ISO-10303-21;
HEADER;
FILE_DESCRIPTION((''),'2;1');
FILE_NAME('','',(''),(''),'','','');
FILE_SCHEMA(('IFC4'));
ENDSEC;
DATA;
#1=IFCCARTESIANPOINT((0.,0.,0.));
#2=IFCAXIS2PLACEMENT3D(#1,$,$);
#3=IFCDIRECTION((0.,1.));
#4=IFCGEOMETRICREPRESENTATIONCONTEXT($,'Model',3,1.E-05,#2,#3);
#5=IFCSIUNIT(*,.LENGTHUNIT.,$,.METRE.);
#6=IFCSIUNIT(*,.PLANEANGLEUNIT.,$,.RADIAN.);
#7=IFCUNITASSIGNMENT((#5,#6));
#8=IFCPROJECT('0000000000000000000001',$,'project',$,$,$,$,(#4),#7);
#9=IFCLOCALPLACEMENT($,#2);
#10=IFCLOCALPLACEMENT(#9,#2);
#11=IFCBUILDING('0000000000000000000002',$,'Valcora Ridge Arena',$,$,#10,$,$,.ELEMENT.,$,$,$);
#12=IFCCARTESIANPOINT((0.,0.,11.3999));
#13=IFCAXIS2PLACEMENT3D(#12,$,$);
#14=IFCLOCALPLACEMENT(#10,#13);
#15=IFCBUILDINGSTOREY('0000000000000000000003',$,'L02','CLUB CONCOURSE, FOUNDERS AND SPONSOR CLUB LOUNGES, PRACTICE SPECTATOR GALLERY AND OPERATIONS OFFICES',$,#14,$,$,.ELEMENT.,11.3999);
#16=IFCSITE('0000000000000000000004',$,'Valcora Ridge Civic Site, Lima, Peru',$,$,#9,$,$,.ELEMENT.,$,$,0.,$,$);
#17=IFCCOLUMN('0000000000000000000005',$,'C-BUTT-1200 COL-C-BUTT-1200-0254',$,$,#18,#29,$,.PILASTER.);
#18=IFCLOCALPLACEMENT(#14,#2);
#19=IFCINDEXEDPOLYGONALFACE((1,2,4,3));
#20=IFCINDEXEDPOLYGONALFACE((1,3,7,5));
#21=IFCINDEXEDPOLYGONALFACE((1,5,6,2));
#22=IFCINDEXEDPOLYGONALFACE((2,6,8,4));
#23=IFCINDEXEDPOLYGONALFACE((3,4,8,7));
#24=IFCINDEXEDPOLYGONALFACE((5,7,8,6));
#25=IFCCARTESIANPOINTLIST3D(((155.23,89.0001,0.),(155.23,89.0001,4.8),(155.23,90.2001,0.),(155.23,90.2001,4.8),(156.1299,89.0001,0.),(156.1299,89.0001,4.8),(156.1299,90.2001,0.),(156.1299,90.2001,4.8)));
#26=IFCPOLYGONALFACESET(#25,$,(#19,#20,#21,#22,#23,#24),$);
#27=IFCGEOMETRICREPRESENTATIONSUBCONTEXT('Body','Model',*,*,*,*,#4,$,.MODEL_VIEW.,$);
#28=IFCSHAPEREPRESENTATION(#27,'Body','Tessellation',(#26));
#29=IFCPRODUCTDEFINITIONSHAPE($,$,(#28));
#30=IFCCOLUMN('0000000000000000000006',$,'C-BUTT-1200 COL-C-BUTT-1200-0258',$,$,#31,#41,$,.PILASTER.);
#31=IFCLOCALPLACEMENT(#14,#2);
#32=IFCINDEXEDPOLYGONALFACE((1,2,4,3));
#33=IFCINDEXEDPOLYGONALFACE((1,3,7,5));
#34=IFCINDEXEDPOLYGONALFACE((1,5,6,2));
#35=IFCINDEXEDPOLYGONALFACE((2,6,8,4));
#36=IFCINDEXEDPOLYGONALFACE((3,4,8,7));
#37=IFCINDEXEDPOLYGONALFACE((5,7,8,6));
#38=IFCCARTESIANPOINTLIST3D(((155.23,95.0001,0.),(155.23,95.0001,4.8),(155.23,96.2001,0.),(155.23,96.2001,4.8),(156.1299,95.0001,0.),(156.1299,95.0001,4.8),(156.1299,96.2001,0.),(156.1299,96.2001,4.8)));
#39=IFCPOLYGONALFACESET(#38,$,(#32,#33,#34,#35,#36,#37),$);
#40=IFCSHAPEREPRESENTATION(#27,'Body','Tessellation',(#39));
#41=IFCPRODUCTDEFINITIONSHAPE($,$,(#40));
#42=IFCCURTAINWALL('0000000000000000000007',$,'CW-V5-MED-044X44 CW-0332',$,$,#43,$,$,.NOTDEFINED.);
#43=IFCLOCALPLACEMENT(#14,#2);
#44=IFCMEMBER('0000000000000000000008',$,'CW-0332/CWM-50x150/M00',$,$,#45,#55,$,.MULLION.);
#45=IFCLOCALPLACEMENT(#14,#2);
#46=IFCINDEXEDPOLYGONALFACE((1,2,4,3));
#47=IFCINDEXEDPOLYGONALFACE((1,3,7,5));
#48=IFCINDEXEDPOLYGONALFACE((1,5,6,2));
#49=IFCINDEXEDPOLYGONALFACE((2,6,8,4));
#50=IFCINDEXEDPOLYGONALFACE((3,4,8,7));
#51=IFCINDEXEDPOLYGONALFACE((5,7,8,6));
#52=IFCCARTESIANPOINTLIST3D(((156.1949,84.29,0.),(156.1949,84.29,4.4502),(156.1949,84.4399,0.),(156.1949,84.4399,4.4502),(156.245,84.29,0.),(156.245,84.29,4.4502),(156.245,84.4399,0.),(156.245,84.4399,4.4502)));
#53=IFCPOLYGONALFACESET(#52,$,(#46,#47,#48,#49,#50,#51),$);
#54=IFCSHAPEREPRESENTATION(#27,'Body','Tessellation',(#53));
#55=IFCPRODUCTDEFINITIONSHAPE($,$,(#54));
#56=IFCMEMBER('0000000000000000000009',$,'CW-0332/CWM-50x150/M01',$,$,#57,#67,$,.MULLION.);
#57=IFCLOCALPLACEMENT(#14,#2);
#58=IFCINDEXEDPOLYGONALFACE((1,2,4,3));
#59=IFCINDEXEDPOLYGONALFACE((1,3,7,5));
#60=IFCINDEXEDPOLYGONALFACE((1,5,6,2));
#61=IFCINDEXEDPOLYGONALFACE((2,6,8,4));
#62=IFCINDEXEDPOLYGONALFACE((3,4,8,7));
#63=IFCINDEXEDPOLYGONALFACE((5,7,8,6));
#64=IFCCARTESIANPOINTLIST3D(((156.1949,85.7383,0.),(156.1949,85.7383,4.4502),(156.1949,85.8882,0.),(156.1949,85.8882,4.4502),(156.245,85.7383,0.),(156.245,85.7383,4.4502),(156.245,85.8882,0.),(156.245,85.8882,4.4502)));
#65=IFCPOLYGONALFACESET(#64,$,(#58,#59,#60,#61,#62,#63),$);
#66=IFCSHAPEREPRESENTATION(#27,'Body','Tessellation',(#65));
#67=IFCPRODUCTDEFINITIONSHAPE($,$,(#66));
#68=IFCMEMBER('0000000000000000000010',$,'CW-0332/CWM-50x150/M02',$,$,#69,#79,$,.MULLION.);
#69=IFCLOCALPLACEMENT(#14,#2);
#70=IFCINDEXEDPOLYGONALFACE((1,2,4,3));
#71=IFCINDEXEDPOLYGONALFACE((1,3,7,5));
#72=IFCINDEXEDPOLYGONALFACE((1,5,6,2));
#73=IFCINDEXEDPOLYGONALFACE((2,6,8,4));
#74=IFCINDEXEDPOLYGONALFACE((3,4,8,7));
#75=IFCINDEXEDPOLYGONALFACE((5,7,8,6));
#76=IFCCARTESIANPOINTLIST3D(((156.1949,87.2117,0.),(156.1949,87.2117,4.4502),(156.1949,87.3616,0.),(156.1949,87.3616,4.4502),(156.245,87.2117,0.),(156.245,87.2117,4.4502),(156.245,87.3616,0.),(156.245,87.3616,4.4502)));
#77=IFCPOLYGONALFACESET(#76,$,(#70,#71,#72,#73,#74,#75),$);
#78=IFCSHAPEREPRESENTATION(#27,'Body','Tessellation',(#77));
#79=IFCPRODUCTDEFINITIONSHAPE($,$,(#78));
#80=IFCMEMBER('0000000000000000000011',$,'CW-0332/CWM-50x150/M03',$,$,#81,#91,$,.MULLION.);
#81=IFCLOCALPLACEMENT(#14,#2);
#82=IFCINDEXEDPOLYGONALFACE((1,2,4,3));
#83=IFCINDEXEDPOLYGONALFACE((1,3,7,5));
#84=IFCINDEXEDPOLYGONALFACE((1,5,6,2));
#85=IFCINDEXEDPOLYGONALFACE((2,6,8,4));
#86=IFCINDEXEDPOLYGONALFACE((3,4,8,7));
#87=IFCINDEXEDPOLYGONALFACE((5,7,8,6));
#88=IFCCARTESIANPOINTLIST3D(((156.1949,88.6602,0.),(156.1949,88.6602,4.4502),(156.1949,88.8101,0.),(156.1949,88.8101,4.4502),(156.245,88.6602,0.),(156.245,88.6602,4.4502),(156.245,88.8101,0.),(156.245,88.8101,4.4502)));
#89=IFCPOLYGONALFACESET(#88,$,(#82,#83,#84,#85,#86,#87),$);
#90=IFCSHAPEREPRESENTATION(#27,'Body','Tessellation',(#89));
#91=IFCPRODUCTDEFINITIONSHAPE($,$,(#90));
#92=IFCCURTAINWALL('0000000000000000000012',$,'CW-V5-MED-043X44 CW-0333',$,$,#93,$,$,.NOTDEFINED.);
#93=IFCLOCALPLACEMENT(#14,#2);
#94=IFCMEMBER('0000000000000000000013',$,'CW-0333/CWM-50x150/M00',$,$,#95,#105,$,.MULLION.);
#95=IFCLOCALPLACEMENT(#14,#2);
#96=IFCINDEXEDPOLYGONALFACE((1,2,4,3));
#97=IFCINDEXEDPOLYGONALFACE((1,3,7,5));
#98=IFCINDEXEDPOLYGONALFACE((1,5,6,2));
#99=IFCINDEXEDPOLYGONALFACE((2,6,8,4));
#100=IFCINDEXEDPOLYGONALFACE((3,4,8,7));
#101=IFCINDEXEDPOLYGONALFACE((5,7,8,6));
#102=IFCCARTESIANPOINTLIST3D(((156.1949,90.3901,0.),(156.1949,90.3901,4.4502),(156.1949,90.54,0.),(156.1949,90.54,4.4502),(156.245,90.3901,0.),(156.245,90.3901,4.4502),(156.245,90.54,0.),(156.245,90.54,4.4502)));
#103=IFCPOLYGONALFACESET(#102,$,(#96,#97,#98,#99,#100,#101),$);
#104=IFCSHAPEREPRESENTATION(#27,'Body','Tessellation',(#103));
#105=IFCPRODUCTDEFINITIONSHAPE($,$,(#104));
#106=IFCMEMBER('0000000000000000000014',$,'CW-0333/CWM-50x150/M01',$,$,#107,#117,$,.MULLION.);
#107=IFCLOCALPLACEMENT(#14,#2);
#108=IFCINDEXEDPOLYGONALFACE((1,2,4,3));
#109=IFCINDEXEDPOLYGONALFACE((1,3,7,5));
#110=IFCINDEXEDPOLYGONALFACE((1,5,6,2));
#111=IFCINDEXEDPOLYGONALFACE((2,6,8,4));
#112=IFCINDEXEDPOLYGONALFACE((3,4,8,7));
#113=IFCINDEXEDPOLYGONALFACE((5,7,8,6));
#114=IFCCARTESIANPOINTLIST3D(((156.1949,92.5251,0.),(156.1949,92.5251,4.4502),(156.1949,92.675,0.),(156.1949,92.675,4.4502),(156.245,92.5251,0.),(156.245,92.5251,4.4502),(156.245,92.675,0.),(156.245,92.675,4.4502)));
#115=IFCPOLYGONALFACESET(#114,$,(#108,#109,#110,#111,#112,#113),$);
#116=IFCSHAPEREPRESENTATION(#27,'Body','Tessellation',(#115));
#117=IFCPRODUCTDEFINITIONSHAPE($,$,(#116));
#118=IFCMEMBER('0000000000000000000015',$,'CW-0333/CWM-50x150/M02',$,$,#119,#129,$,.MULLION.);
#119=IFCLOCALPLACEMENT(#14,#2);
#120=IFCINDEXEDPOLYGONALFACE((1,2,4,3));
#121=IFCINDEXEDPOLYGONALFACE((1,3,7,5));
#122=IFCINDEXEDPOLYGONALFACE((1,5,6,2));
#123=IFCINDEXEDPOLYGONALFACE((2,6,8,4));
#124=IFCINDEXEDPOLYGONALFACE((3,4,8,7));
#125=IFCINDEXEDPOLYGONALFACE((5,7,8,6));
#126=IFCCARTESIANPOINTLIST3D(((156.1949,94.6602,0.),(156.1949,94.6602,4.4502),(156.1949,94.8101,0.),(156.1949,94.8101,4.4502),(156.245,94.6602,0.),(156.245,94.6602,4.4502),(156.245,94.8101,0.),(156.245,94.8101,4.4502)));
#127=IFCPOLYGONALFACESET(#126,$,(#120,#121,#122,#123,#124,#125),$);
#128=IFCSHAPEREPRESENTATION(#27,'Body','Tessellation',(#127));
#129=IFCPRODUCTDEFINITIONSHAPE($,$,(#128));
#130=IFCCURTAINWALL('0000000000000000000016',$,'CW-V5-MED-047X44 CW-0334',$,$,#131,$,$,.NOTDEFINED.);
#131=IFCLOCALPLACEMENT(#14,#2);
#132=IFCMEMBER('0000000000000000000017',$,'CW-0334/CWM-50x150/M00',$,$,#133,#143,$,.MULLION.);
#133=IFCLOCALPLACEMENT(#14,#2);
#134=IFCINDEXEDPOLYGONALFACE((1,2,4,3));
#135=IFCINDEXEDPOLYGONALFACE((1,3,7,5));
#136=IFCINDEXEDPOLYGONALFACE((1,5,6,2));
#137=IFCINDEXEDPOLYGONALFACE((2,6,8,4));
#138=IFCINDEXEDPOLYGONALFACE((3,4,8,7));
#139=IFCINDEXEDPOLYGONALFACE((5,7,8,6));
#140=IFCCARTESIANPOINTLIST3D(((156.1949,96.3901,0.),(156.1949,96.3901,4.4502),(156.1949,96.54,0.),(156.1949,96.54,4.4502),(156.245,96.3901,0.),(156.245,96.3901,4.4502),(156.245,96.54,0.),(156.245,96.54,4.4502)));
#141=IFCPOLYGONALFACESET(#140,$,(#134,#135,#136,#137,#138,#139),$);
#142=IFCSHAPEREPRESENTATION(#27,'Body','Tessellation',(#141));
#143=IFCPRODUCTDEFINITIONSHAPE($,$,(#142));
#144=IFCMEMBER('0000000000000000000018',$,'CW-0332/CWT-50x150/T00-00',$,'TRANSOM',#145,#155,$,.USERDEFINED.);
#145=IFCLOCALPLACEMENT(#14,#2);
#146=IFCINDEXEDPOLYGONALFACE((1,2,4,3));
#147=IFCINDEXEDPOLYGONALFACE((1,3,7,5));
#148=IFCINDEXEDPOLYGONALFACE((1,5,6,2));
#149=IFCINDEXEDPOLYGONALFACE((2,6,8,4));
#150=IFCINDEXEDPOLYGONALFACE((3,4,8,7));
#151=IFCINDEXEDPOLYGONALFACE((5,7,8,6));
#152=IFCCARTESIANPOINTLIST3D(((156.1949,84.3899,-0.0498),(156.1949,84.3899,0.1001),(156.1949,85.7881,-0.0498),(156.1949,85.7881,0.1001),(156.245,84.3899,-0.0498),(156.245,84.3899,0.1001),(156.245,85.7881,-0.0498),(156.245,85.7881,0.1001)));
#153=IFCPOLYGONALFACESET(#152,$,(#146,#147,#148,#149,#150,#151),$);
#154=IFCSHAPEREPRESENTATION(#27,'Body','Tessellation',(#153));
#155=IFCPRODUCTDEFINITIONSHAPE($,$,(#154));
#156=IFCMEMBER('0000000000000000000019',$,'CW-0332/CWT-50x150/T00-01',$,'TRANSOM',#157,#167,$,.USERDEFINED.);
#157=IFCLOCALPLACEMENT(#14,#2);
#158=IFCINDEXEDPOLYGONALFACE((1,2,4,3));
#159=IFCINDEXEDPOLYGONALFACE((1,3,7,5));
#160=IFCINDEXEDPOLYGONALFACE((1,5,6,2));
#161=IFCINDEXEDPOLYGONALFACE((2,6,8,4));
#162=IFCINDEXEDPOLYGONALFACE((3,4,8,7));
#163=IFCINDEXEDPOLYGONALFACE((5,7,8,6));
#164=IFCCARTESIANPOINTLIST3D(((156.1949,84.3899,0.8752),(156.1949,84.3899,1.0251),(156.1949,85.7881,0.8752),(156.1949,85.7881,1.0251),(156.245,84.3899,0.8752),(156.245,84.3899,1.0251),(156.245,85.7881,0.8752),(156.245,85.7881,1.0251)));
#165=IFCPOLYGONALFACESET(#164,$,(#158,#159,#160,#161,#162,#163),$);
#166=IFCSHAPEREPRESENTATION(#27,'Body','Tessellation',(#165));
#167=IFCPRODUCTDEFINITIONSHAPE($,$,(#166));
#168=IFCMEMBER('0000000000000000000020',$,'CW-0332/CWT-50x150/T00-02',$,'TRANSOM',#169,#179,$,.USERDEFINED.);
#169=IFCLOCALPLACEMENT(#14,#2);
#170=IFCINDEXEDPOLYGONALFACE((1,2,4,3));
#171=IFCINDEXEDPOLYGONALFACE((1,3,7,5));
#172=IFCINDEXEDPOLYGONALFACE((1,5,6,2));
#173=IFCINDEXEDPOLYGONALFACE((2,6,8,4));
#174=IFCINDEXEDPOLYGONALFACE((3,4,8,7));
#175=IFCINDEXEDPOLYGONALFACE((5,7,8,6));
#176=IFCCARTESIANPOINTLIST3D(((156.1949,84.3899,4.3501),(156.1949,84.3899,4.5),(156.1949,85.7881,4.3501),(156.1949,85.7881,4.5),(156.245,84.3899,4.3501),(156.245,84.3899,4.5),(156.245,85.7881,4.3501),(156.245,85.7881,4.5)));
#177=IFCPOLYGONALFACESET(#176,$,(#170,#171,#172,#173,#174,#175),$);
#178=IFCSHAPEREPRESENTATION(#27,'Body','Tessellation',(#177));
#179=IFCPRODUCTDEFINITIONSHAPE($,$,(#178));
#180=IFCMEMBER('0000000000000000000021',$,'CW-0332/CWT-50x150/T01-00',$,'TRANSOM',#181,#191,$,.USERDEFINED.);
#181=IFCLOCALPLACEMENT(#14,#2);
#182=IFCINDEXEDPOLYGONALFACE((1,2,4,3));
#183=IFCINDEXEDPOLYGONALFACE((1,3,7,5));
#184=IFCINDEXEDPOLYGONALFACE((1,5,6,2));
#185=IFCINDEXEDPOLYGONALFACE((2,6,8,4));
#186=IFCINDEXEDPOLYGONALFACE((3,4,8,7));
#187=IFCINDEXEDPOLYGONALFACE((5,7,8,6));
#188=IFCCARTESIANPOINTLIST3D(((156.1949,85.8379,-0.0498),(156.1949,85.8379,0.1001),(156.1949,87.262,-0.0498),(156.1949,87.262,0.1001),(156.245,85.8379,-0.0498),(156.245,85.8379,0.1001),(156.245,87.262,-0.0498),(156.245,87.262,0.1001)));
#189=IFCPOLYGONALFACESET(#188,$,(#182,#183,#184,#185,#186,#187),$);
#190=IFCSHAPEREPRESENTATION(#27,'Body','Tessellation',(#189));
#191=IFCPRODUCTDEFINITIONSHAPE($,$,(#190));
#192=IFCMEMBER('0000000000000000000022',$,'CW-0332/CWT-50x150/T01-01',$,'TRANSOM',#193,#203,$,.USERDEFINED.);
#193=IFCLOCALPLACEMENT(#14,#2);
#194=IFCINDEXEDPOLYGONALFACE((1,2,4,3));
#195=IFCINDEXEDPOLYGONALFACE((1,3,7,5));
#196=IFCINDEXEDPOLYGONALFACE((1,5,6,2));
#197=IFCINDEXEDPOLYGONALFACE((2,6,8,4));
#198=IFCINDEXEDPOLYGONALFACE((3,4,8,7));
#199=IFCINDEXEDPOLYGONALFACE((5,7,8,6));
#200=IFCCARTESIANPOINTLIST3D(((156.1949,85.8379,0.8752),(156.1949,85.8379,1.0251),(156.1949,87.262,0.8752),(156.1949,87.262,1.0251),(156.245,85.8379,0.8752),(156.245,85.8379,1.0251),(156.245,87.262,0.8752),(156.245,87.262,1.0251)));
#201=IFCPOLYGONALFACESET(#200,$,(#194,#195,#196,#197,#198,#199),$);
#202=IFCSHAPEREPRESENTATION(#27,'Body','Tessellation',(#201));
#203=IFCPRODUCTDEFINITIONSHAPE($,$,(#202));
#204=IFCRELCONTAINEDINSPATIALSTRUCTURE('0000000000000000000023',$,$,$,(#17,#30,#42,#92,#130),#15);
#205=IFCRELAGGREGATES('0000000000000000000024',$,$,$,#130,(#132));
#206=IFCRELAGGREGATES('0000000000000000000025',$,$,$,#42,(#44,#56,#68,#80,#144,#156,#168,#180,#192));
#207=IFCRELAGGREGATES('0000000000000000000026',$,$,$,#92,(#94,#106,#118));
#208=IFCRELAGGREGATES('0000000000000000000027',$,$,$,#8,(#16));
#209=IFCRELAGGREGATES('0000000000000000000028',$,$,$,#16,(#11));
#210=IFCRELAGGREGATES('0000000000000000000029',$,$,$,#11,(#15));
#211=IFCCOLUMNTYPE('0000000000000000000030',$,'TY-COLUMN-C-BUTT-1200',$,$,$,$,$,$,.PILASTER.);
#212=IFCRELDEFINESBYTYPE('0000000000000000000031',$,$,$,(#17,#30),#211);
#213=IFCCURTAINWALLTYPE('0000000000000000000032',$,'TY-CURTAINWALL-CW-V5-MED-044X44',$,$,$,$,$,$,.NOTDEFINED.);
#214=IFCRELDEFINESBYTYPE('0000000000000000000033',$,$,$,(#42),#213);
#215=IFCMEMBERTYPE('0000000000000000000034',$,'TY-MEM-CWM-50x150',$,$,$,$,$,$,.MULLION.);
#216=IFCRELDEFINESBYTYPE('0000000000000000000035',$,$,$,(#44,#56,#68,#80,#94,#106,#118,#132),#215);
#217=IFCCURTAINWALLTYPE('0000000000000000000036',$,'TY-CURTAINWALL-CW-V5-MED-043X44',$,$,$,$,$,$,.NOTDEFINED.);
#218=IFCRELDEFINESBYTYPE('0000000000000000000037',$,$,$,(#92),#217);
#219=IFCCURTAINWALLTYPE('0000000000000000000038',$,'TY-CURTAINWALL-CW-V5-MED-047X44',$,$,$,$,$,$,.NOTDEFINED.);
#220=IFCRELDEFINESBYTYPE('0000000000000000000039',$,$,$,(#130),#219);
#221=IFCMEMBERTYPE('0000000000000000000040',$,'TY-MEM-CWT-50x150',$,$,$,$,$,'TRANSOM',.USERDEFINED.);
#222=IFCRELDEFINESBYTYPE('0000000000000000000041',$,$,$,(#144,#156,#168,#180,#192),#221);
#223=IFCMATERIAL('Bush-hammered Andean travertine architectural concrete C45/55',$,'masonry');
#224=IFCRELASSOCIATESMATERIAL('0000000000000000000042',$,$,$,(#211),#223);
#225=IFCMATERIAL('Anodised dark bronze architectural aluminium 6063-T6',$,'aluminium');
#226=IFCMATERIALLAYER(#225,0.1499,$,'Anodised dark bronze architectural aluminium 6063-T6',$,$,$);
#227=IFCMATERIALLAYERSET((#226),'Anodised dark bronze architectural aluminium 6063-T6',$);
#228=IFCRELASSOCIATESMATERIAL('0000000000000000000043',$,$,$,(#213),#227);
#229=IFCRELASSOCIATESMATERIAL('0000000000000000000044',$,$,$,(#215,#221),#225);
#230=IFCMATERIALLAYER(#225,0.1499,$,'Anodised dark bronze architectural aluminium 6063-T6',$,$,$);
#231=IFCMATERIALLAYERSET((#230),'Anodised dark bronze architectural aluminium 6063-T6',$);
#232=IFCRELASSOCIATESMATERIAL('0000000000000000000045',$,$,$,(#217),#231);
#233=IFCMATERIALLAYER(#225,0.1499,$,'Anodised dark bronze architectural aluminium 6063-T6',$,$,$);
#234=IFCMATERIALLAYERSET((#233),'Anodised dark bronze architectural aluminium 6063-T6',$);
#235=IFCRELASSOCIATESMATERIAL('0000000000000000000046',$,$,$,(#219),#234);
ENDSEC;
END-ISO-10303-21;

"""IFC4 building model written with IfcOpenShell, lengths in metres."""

from ifc_helpers import new_model, si_unit, direction, frame, origin, origin_2d, place, context, subcontext, project, spatial, rectangle, extrude, material, layer, layer_set, material_profile, profile_set, type_object, element, aggregate, save


model = new_model("IFC4")

# Units and contexts
model_context = context("Model", 3, precision=1e-05, world=origin(), true_north=direction((0.0, 1.0)))
body_context = subcontext(model_context, "Body", "Model", "MODEL_VIEW")
ifc_project = project(units=[si_unit("LENGTHUNIT", "METRE"), si_unit("PLANEANGLEUNIT", "RADIAN")], contexts=[model_context])

# Site, building, storey
site_placement = place(None, origin())
site = spatial("IfcSite", under=ifc_project, at=site_placement, Name="Valcora Ridge Civic Site, Lima, Peru", CompositionType="ELEMENT", RefElevation=0.0)
building_placement = place(site_placement, origin())
building = spatial("IfcBuilding", under=site, at=building_placement, Name="Valcora Ridge Arena", CompositionType="ELEMENT")
storey_placement = place(building_placement, frame((0.0, 0.0, 11.3999)))
storey = spatial("IfcBuildingStorey", under=building, at=storey_placement, Name="L02", Description="CLUB CONCOURSE, FOUNDERS AND SPONSOR CLUB LOUNGES, PRACTICE SPECTATOR GALLERY AND OPERATIONS OFFICES", CompositionType="ELEMENT", Elevation=11.3999)

# Columns
ifc_material_1 = material(Name="Bush-hammered Andean travertine architectural concrete C45/55", Category="masonry")
ifc_material_profile_1 = material_profile(ifc_material_1, rectangle(XDim=0.8999, YDim=1.2, at=origin_2d()), Name="RC 900x1200")
ifc_profile_set_1 = profile_set([ifc_material_profile_1], Name="Bush-hammered Andean travertine architectural concrete C45/55")
column_type = type_object("IfcColumnType", Name="TY-COLUMN-C-BUTT-1200", PredefinedType="PILASTER", material=ifc_profile_set_1)
for number, where, z_axis, x_axis, name in (
    (1, (155.6799, 89.6001, 0.0), (0.0, 0.0, 1.0), (1.0, 0.0, 0.0), "C-BUTT-1200 COL-C-BUTT-1200-0254"),
    (2, (155.6799, 95.6001, 0.0), (0.0, 0.0, 1.0), (1.0, 0.0, 0.0), "C-BUTT-1200 COL-C-BUTT-1200-0258"),
):
    element("IfcColumn", number, at=place(storey_placement, frame(where, z_axis=z_axis, x_axis=x_axis)), inside=storey, type_object=column_type, Name=name, PredefinedType="PILASTER", context=body_context, shape_type="SweptSolid", body=[
        extrude(rectangle(XDim=0.8999, YDim=1.2, at=origin_2d()), origin(), (0.0, 0.0, 1.0), 4.8),
    ])

# Curtain walls, members
ifc_material_2 = material(Name="Anodised dark bronze architectural aluminium 6063-T6", Category="aluminium")
ifc_layer_1 = layer(ifc_material_2, 0.1499, Name="Anodised dark bronze architectural aluminium 6063-T6")
ifc_layer_set_1 = layer_set([ifc_layer_1], Name="Anodised dark bronze architectural aluminium 6063-T6")
curtain_wall_type_1 = type_object("IfcCurtainWallType", Name="TY-CURTAINWALL-CW-V5-MED-044X44", PredefinedType="NOTDEFINED", material=ifc_layer_set_1)
curtain_wall_1_placement = place(storey_placement, origin())
curtain_wall_1 = element("IfcCurtainWall", 3, at=curtain_wall_1_placement, inside=storey, type_object=curtain_wall_type_1, Name="CW-V5-MED-044X44 CW-0332", PredefinedType="NOTDEFINED")
ifc_material_profile_2 = material_profile(ifc_material_2, rectangle(XDim=0.05, YDim=0.1499, at=origin_2d()), Name="ALU MULLION 50x150")
ifc_profile_set_2 = profile_set([ifc_material_profile_2], Name="Anodised dark bronze architectural aluminium 6063-T6")
member_type_1 = type_object("IfcMemberType", Name="TY-MEM-CWM-50x150", PredefinedType="MULLION", material=ifc_profile_set_2)
member_1_placement = place(storey_placement, frame((156.22, 84.365, 0.0), z_axis=(0.0, 0.0, 1.0), x_axis=(-1.0, 0.0, 0.0)))
member_1 = element("IfcMember", 4, at=member_1_placement, type_object=member_type_1, Name="CW-0332/CWM-50x150/M00", PredefinedType="MULLION", context=body_context, shape_type="SweptSolid", body=[
    extrude(rectangle(XDim=0.05, YDim=0.1499, at=origin_2d()), origin(), (0.0, 0.0, 1.0), 4.4502),
])
member_2_placement = place(storey_placement, frame((156.22, 85.8132, 0.0), z_axis=(0.0, 0.0, 1.0), x_axis=(-1.0, 0.0, 0.0)))
member_2 = element("IfcMember", 5, at=member_2_placement, type_object=member_type_1, Name="CW-0332/CWM-50x150/M01", PredefinedType="MULLION", context=body_context, shape_type="SweptSolid", body=[
    extrude(rectangle(XDim=0.05, YDim=0.1499, at=origin_2d()), origin(), (0.0, 0.0, 1.0), 4.4502),
])
member_3_placement = place(storey_placement, frame((156.22, 87.2866, 0.0), z_axis=(0.0, 0.0, 1.0), x_axis=(-1.0, 0.0, 0.0)))
member_3 = element("IfcMember", 6, at=member_3_placement, type_object=member_type_1, Name="CW-0332/CWM-50x150/M02", PredefinedType="MULLION", context=body_context, shape_type="SweptSolid", body=[
    extrude(rectangle(XDim=0.05, YDim=0.1499, at=origin_2d()), origin(), (0.0, 0.0, 1.0), 4.4502),
])
member_4_placement = place(storey_placement, frame((156.22, 88.7351, 0.0), z_axis=(0.0, 0.0, 1.0), x_axis=(-1.0, 0.0, 0.0)))
member_4 = element("IfcMember", 7, at=member_4_placement, type_object=member_type_1, Name="CW-0332/CWM-50x150/M03", PredefinedType="MULLION", context=body_context, shape_type="SweptSolid", body=[
    extrude(rectangle(XDim=0.05, YDim=0.1499, at=origin_2d()), origin(), (0.0, 0.0, 1.0), 4.4502),
])
ifc_layer_2 = layer(ifc_material_2, 0.1499, Name="Anodised dark bronze architectural aluminium 6063-T6")
ifc_layer_set_2 = layer_set([ifc_layer_2], Name="Anodised dark bronze architectural aluminium 6063-T6")
curtain_wall_type_2 = type_object("IfcCurtainWallType", Name="TY-CURTAINWALL-CW-V5-MED-043X44", PredefinedType="NOTDEFINED", material=ifc_layer_set_2)
curtain_wall_2_placement = place(storey_placement, origin())
curtain_wall_2 = element("IfcCurtainWall", 8, at=curtain_wall_2_placement, inside=storey, type_object=curtain_wall_type_2, Name="CW-V5-MED-043X44 CW-0333", PredefinedType="NOTDEFINED")
member_5_placement = place(storey_placement, frame((156.22, 90.4651, 0.0), z_axis=(0.0, 0.0, 1.0), x_axis=(-1.0, 0.0, 0.0)))
member_5 = element("IfcMember", 9, at=member_5_placement, type_object=member_type_1, Name="CW-0333/CWM-50x150/M00", PredefinedType="MULLION", context=body_context, shape_type="SweptSolid", body=[
    extrude(rectangle(XDim=0.05, YDim=0.1499, at=origin_2d()), origin(), (0.0, 0.0, 1.0), 4.4502),
])
member_6_placement = place(storey_placement, frame((156.22, 92.6001, 0.0), z_axis=(0.0, 0.0, 1.0), x_axis=(-1.0, 0.0, 0.0)))
member_6 = element("IfcMember", 10, at=member_6_placement, type_object=member_type_1, Name="CW-0333/CWM-50x150/M01", PredefinedType="MULLION", context=body_context, shape_type="SweptSolid", body=[
    extrude(rectangle(XDim=0.05, YDim=0.1499, at=origin_2d()), origin(), (0.0, 0.0, 1.0), 4.4502),
])
member_7_placement = place(storey_placement, frame((156.22, 94.7351, 0.0), z_axis=(0.0, 0.0, 1.0), x_axis=(-1.0, 0.0, 0.0)))
member_7 = element("IfcMember", 11, at=member_7_placement, type_object=member_type_1, Name="CW-0333/CWM-50x150/M02", PredefinedType="MULLION", context=body_context, shape_type="SweptSolid", body=[
    extrude(rectangle(XDim=0.05, YDim=0.1499, at=origin_2d()), origin(), (0.0, 0.0, 1.0), 4.4502),
])

# Curtain wall, member
ifc_layer_3 = layer(ifc_material_2, 0.1499, Name="Anodised dark bronze architectural aluminium 6063-T6")
ifc_layer_set_3 = layer_set([ifc_layer_3], Name="Anodised dark bronze architectural aluminium 6063-T6")
curtain_wall_type_3 = type_object("IfcCurtainWallType", Name="TY-CURTAINWALL-CW-V5-MED-047X44", PredefinedType="NOTDEFINED", material=ifc_layer_set_3)
curtain_wall_3_placement = place(storey_placement, origin())
curtain_wall_3 = element("IfcCurtainWall", 12, at=curtain_wall_3_placement, inside=storey, type_object=curtain_wall_type_3, Name="CW-V5-MED-047X44 CW-0334", PredefinedType="NOTDEFINED")
member_8_placement = place(storey_placement, frame((156.22, 96.4651, 0.0), z_axis=(0.0, 0.0, 1.0), x_axis=(-1.0, 0.0, 0.0)))
member_8 = element("IfcMember", 13, at=member_8_placement, type_object=member_type_1, Name="CW-0334/CWM-50x150/M00", PredefinedType="MULLION", context=body_context, shape_type="SweptSolid", body=[
    extrude(rectangle(XDim=0.05, YDim=0.1499, at=origin_2d()), origin(), (0.0, 0.0, 1.0), 4.4502),
])

# Members
ifc_material_profile_3 = material_profile(ifc_material_2, rectangle(XDim=0.05, YDim=0.1499, at=origin_2d()), Name="ALU TRANSOM 50x150")
ifc_profile_set_3 = profile_set([ifc_material_profile_3], Name="Anodised dark bronze architectural aluminium 6063-T6")
member_type_2 = type_object("IfcMemberType", Name="TY-MEM-CWT-50x150", ElementType="TRANSOM", PredefinedType="USERDEFINED", material=ifc_profile_set_3)
member_9_placement = place(storey_placement, frame((156.22, 84.3899, 0.0251), z_axis=(0.0, 1.0, 0.0), x_axis=(-1.0, 0.0, 0.0)))
member_9 = element("IfcMember", 14, at=member_9_placement, type_object=member_type_2, Name="CW-0332/CWT-50x150/T00-00", ObjectType="TRANSOM", PredefinedType="USERDEFINED", context=body_context, shape_type="SweptSolid", body=[
    extrude(rectangle(XDim=0.05, YDim=0.1499, at=origin_2d()), origin(), (0.0, 0.0, 1.0), 1.3982),
])
member_10_placement = place(storey_placement, frame((156.22, 84.3899, 0.9502), z_axis=(0.0, 1.0, 0.0), x_axis=(-1.0, 0.0, 0.0)))
member_10 = element("IfcMember", 15, at=member_10_placement, type_object=member_type_2, Name="CW-0332/CWT-50x150/T00-01", ObjectType="TRANSOM", PredefinedType="USERDEFINED", context=body_context, shape_type="SweptSolid", body=[
    extrude(rectangle(XDim=0.05, YDim=0.1499, at=origin_2d()), origin(), (0.0, 0.0, 1.0), 1.3982),
])
member_11_placement = place(storey_placement, frame((156.22, 84.3899, 4.425), z_axis=(0.0, 1.0, 0.0), x_axis=(-1.0, 0.0, 0.0)))
member_11 = element("IfcMember", 16, at=member_11_placement, type_object=member_type_2, Name="CW-0332/CWT-50x150/T00-02", ObjectType="TRANSOM", PredefinedType="USERDEFINED", context=body_context, shape_type="SweptSolid", body=[
    extrude(rectangle(XDim=0.05, YDim=0.1499, at=origin_2d()), origin(), (0.0, 0.0, 1.0), 1.3982),
])
member_12_placement = place(storey_placement, frame((156.22, 85.8379, 0.0251), z_axis=(0.0, 1.0, 0.0), x_axis=(-1.0, 0.0, 0.0)))
member_12 = element("IfcMember", 17, at=member_12_placement, type_object=member_type_2, Name="CW-0332/CWT-50x150/T01-00", ObjectType="TRANSOM", PredefinedType="USERDEFINED", context=body_context, shape_type="SweptSolid", body=[
    extrude(rectangle(XDim=0.05, YDim=0.1499, at=origin_2d()), origin(), (0.0, 0.0, 1.0), 1.4241),
])
member_13_placement = place(storey_placement, frame((156.22, 85.8379, 0.9502), z_axis=(0.0, 1.0, 0.0), x_axis=(-1.0, 0.0, 0.0)))
member_13 = element("IfcMember", 18, at=member_13_placement, type_object=member_type_2, Name="CW-0332/CWT-50x150/T01-01", ObjectType="TRANSOM", PredefinedType="USERDEFINED", context=body_context, shape_type="SweptSolid", body=[
    extrude(rectangle(XDim=0.05, YDim=0.1499, at=origin_2d()), origin(), (0.0, 0.0, 1.0), 1.4241),
])
aggregate(curtain_wall_3, [member_8])

aggregate(curtain_wall_1, [member_1, member_2, member_3, member_4, member_9, member_10, member_11, member_12, member_13])
aggregate(curtain_wall_2, [member_5, member_6, member_7])

save(model, "model.ifc")
